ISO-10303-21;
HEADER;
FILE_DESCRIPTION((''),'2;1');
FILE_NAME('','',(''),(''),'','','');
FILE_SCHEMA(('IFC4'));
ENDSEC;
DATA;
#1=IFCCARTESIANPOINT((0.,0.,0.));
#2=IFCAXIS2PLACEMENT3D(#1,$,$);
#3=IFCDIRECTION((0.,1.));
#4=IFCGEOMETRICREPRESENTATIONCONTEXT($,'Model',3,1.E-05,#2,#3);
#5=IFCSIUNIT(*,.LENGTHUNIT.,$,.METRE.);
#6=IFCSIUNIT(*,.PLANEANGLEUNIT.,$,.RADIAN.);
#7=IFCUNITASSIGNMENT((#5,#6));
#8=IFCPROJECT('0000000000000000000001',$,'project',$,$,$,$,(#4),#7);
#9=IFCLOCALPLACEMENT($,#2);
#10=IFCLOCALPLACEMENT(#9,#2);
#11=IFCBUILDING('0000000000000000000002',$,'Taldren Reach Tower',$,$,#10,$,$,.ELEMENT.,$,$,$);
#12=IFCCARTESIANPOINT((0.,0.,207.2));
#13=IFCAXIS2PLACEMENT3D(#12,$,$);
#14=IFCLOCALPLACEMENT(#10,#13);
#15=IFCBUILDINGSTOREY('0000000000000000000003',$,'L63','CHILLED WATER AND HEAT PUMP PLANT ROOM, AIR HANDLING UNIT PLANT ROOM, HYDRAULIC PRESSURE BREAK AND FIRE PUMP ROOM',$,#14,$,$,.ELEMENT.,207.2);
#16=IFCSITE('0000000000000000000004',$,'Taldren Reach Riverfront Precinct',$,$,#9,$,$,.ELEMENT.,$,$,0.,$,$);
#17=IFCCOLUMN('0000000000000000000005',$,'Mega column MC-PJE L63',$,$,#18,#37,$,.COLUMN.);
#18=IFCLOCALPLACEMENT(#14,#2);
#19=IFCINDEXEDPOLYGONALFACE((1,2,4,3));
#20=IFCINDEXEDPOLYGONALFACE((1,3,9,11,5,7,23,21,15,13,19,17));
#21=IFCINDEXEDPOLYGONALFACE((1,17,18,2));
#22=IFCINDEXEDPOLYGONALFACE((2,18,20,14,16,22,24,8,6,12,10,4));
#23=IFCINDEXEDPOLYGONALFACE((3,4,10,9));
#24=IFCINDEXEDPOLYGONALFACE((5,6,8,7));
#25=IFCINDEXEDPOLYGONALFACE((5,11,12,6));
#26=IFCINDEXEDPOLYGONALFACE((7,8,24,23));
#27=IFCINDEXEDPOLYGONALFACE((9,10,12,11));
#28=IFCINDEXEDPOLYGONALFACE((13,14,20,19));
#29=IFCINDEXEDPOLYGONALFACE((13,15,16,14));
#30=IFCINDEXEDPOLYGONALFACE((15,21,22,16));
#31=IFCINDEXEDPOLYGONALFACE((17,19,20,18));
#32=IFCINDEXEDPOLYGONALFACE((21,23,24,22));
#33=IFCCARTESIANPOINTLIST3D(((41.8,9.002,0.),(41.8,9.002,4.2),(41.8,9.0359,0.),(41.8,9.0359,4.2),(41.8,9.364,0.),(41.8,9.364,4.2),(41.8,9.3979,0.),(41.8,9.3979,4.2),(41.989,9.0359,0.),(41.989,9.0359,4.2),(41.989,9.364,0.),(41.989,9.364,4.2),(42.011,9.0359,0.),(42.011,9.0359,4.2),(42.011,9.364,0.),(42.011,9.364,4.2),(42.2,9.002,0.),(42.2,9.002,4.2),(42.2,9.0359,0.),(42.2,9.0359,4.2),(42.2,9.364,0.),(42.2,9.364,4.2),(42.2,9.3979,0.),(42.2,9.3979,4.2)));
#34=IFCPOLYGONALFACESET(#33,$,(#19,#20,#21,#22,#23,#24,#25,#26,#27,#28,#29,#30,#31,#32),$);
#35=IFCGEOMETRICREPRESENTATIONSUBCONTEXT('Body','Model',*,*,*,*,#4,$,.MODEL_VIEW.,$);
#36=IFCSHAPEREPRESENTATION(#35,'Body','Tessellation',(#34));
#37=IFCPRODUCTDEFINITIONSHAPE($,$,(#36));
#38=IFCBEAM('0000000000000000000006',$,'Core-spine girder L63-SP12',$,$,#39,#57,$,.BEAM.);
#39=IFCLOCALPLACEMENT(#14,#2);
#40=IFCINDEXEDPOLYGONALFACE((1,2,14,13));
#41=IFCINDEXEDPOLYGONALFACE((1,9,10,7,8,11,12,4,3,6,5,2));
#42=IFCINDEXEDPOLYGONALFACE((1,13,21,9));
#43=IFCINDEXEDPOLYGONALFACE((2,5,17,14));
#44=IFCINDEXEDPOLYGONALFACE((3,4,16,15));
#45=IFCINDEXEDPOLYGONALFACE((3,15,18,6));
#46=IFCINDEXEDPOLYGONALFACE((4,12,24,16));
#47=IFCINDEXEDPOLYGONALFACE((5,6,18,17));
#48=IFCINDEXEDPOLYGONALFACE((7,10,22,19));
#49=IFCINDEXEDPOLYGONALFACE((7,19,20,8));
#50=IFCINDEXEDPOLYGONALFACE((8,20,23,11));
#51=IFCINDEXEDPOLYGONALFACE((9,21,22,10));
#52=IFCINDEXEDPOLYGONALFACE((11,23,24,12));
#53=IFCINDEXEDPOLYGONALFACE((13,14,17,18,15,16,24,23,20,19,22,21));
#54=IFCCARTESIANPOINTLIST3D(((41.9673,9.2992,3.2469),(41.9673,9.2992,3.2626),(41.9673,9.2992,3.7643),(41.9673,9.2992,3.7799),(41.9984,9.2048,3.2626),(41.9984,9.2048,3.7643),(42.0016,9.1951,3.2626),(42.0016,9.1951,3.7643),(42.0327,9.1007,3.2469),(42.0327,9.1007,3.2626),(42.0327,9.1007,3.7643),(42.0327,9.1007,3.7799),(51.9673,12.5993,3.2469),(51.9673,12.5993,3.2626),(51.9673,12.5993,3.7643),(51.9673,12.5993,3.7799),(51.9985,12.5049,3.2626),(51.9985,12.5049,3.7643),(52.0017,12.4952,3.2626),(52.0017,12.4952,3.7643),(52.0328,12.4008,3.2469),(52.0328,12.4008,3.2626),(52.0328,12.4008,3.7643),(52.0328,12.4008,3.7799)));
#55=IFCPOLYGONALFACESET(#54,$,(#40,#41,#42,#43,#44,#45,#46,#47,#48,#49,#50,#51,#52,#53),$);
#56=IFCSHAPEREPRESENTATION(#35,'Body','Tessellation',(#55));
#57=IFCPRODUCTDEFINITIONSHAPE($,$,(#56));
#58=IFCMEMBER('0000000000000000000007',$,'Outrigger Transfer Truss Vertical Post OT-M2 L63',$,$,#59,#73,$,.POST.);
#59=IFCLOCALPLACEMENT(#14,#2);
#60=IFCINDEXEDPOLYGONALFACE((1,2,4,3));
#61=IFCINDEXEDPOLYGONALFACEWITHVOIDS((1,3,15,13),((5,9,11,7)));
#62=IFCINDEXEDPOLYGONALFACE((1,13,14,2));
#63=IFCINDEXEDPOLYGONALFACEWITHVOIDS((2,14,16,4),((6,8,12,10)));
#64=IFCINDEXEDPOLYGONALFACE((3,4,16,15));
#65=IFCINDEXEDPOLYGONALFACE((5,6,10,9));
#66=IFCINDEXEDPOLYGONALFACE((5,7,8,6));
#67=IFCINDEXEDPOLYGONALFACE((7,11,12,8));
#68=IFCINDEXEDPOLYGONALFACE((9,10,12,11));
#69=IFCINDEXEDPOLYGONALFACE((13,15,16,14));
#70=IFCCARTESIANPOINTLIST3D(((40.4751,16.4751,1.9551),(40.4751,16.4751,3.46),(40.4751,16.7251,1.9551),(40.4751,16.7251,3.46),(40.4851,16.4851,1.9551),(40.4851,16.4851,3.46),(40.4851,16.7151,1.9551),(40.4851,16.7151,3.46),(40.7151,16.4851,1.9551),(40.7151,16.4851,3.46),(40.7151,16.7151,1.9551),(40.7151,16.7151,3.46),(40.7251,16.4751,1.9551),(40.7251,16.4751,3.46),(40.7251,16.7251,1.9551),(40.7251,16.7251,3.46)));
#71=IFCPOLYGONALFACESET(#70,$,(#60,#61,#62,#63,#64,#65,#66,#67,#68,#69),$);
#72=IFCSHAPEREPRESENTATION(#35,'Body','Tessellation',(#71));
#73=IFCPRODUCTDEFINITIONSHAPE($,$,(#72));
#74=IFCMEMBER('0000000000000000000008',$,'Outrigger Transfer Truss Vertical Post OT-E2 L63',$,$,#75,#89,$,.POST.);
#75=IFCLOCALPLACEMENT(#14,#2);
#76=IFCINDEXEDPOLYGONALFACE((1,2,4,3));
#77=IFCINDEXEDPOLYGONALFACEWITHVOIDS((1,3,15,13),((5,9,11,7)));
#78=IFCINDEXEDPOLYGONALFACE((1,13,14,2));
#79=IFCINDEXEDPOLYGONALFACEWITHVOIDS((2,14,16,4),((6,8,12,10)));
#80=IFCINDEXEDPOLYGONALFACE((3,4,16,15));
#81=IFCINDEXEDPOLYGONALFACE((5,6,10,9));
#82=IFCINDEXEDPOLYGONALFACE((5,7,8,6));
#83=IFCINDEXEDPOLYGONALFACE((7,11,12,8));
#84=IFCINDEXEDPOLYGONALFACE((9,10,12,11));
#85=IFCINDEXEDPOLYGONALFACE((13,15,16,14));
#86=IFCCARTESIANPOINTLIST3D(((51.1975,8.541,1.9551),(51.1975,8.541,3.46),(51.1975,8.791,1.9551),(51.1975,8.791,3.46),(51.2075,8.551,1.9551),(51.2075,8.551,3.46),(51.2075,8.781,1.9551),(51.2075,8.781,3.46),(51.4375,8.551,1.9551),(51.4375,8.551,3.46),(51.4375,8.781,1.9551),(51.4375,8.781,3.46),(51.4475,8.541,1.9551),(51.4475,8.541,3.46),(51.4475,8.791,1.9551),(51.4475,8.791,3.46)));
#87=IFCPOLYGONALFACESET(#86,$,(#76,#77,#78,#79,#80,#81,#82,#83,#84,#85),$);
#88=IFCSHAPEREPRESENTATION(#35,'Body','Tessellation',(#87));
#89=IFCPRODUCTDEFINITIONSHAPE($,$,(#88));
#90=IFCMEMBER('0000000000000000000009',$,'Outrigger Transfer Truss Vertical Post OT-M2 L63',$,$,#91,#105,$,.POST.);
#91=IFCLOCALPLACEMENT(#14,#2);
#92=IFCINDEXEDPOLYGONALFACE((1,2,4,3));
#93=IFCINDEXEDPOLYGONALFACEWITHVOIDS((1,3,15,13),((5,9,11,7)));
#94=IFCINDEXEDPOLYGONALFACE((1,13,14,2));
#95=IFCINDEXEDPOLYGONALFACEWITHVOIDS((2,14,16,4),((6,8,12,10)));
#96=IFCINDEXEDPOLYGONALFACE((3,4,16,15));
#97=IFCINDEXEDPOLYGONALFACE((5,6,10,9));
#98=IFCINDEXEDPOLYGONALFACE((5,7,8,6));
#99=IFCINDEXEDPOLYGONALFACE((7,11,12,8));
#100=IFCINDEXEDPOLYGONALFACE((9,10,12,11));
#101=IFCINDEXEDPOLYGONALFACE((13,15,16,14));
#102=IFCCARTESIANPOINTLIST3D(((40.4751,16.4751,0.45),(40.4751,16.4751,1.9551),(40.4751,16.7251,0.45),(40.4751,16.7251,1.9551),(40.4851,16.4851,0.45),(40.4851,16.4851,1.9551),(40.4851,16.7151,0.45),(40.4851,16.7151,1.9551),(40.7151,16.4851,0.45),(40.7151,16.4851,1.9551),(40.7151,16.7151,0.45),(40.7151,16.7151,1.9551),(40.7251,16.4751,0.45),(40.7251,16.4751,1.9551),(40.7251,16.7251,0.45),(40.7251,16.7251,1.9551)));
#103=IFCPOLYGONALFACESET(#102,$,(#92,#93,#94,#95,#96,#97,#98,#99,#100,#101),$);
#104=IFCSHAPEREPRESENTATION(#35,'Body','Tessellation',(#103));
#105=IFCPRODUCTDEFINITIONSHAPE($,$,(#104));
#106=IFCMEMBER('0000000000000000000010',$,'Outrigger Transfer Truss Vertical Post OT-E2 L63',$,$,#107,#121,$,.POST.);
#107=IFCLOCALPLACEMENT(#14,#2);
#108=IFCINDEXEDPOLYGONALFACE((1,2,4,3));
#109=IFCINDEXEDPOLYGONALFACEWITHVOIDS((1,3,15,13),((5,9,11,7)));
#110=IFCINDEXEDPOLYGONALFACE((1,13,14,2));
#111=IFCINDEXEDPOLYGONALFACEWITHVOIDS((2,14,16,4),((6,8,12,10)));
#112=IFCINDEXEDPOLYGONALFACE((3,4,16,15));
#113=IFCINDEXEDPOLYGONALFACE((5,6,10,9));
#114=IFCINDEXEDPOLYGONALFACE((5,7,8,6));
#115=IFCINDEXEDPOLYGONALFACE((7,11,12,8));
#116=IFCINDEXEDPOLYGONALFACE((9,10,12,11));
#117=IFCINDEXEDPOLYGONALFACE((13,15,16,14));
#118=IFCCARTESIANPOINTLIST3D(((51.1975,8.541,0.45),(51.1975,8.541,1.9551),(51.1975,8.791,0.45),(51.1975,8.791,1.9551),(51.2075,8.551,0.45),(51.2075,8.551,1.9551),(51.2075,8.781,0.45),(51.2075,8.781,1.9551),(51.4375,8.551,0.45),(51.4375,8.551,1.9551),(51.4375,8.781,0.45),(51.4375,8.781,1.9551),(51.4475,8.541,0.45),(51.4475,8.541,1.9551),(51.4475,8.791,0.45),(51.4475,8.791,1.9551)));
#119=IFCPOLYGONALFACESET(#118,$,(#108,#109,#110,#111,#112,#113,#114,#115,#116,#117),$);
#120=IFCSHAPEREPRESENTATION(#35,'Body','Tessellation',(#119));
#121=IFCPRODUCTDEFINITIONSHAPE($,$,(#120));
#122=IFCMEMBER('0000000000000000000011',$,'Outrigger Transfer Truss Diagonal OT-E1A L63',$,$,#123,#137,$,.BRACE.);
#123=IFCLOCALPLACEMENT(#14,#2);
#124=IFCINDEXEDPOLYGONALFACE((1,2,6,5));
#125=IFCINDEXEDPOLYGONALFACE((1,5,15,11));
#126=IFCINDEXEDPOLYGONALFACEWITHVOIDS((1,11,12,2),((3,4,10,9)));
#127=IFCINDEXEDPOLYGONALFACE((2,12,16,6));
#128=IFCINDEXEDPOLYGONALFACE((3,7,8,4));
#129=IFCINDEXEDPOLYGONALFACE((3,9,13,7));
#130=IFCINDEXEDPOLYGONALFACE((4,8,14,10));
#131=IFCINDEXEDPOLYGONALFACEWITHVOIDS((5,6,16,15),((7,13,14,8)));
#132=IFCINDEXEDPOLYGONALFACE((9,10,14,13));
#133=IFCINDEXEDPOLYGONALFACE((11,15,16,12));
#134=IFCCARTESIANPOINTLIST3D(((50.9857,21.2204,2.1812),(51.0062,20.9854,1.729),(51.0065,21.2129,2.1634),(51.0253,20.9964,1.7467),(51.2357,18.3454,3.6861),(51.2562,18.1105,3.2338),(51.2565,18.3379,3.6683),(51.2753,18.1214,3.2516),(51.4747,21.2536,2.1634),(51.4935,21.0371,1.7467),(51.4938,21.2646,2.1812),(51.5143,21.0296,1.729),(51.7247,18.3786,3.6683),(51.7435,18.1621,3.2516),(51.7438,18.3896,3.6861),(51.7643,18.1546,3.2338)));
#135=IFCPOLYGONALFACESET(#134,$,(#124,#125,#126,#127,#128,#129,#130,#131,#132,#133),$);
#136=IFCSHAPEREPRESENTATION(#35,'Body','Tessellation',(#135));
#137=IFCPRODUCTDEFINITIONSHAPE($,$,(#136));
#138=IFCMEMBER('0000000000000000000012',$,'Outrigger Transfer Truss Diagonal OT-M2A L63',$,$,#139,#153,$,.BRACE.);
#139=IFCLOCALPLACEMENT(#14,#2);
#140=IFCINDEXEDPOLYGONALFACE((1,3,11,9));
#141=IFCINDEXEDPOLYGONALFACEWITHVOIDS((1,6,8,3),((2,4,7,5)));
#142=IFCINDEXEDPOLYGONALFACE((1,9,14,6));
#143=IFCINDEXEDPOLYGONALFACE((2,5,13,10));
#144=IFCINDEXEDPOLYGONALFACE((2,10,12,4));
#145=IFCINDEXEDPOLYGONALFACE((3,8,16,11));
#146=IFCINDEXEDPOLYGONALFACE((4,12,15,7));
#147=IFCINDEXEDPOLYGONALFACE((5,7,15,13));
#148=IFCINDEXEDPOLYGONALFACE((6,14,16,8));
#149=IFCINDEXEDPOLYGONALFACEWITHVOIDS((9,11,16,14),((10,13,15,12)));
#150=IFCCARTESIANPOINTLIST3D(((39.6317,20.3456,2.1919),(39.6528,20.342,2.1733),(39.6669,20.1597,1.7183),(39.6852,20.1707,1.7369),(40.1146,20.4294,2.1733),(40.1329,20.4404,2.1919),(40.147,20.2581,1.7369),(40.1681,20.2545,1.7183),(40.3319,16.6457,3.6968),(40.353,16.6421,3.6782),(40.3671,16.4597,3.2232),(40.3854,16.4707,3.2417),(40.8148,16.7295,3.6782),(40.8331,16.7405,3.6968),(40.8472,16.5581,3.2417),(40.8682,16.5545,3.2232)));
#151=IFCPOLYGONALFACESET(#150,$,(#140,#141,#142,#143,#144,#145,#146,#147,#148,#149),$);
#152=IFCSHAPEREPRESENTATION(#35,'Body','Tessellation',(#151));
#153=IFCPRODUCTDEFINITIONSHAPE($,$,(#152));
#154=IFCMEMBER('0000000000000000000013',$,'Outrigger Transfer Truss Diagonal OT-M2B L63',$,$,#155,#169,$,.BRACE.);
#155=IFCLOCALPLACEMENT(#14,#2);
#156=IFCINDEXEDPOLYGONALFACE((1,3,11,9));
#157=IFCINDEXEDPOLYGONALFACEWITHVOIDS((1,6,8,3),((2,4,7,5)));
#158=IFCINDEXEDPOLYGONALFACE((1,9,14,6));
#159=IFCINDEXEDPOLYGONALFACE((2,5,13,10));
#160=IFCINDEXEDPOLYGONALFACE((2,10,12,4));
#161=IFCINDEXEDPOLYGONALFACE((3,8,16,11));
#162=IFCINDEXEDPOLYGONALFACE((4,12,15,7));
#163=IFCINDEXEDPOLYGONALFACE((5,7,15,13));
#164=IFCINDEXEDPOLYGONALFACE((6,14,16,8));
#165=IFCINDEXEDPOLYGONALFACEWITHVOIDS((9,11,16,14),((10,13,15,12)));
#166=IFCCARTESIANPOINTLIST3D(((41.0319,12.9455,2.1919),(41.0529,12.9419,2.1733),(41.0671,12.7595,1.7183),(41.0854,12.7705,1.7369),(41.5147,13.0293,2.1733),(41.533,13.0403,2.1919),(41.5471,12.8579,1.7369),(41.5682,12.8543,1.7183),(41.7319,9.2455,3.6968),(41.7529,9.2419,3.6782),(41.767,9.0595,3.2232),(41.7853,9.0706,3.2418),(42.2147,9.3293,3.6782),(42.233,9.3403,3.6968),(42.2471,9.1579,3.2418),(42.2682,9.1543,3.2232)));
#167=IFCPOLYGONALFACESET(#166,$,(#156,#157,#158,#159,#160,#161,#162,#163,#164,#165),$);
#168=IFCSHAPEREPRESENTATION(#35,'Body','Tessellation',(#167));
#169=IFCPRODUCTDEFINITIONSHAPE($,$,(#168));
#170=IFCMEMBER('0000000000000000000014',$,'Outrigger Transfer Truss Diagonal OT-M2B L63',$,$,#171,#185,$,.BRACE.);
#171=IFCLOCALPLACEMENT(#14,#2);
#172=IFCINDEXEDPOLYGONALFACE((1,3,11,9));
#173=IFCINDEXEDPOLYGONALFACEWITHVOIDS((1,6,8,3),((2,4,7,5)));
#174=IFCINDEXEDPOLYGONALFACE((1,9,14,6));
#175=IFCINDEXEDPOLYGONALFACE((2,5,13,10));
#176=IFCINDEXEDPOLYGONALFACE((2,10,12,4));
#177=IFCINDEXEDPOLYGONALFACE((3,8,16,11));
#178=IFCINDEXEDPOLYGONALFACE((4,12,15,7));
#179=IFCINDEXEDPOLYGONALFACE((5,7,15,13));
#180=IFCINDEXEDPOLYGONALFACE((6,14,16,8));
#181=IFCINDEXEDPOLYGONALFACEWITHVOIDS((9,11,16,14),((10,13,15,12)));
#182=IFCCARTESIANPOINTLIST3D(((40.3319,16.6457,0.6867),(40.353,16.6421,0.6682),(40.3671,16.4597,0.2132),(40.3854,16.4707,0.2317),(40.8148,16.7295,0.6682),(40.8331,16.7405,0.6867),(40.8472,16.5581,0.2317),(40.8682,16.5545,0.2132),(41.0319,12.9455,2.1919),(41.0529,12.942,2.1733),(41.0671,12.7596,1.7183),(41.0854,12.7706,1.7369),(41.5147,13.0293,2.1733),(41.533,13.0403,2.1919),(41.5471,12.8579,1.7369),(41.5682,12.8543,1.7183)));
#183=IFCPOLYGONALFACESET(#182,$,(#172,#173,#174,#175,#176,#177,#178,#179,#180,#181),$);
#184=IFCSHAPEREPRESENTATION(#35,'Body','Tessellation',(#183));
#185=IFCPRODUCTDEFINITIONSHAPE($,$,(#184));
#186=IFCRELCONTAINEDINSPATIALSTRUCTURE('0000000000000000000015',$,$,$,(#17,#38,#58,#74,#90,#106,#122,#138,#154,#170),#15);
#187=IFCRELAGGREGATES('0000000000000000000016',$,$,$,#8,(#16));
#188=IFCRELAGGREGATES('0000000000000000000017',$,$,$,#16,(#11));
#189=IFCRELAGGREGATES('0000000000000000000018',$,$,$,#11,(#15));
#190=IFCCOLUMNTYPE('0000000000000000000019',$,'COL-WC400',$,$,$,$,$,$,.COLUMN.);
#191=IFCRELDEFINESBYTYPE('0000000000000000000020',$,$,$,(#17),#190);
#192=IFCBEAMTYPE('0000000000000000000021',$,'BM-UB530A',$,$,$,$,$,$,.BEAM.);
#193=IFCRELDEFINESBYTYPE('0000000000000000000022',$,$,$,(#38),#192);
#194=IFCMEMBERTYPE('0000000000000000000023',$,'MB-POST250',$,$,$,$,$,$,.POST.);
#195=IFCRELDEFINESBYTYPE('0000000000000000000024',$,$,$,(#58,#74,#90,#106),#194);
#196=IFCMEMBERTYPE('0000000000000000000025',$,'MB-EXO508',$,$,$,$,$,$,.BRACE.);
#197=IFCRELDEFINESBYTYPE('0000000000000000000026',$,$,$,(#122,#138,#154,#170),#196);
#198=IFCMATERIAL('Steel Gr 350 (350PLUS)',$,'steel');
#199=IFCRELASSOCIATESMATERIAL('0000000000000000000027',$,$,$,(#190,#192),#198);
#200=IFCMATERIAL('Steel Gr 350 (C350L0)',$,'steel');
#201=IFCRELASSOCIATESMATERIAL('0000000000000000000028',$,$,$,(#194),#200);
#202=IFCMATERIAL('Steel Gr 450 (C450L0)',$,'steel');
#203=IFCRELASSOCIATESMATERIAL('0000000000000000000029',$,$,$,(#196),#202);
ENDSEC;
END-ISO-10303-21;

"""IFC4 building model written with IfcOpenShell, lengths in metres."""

from ifc_helpers import new_model, si_unit, direction, frame, origin, origin_2d, place, context, subcontext, project, spatial, hollow_rectangle, i_section, extrude, source, transform, mapped, material, material_profile, profile_set, type_object, element, save


model = new_model("IFC4")

# Units and contexts
model_context = context("Model", 3, precision=1e-05, world=origin(), true_north=direction((0.0, 1.0)))
body_context = subcontext(model_context, "Body", "Model", "MODEL_VIEW")
ifc_project = project(units=[si_unit("LENGTHUNIT", "METRE"), si_unit("PLANEANGLEUNIT", "RADIAN")], contexts=[model_context])

# Site, building, storey
site_placement = place(None, origin())
site = spatial("IfcSite", under=ifc_project, at=site_placement, Name="Taldren Reach Riverfront Precinct", CompositionType="ELEMENT", RefElevation=0.0)
building_placement = place(site_placement, origin())
building = spatial("IfcBuilding", under=site, at=building_placement, Name="Taldren Reach Tower", CompositionType="ELEMENT")
storey_placement = place(building_placement, frame((0.0, 0.0, 207.2)))
storey = spatial("IfcBuildingStorey", under=building, at=storey_placement, Name="L63", Description="CHILLED WATER AND HEAT PUMP PLANT ROOM, AIR HANDLING UNIT PLANT ROOM, HYDRAULIC PRESSURE BREAK AND FIRE PUMP ROOM", CompositionType="ELEMENT", Elevation=207.2)

# Column
ifc_material_1 = material(Name="Steel Gr 350 (350PLUS)", Category="steel")
ifc_material_profile_1 = material_profile(ifc_material_1, i_section(OverallWidth=0.3999, OverallDepth=0.396, WebThickness=0.022, FlangeThickness=0.0339, at=origin_2d()), Name="400WC270")
ifc_profile_set_1 = profile_set([ifc_material_profile_1], Name="Steel Gr 350 (350PLUS)")
column_type = type_object("IfcColumnType", Name="COL-WC400", PredefinedType="COLUMN", material=ifc_profile_set_1)
shared_shape_1 = source(origin(), body_context, "Body", "SweptSolid", [
    extrude(i_section(OverallWidth=0.3999, OverallDepth=0.396, WebThickness=0.022, FlangeThickness=0.0339, at=origin_2d()), origin(), (0.0, 0.0, 1.0), 4.2),
])
column_placement = place(storey_placement, frame((42.0, 9.2, 0.0), z_axis=(0.0, 0.0, 1.0), x_axis=(1.0, 0.0, 0.0)))
element("IfcColumn", 1, at=column_placement, inside=storey, type_object=column_type, Name="Mega column MC-PJE L63", PredefinedType="COLUMN", context=body_context, shape_type="MappedRepresentation", body=[
    mapped(shared_shape_1, transform((0.0, 0.0, 0.0), scale=1.0)),
])

# Beam
ifc_material_profile_2 = material_profile(ifc_material_1, i_section(OverallWidth=0.209, OverallDepth=0.533, WebThickness=0.0103, FlangeThickness=0.0156, at=origin_2d()), Name="530UB92.4")
ifc_profile_set_2 = profile_set([ifc_material_profile_2], Name="Steel Gr 350 (350PLUS)")
beam_type_1 = type_object("IfcBeamType", Name="BM-UB530A", PredefinedType="BEAM", material=ifc_profile_set_2)
shared_shape_2 = source(origin(), body_context, "Body", "SweptSolid", [
    extrude(i_section(OverallWidth=0.209, OverallDepth=0.533, WebThickness=0.0103, FlangeThickness=0.0156, at=origin_2d()), origin(), (0.0, 0.0, 1.0), 10.5305),
])
beam_1_placement = place(storey_placement, frame((42.0, 9.2, 3.5134), z_axis=(0.949627, 0.313382, 0.0), x_axis=(-0.313382, 0.949627, 0.0)))
element("IfcBeam", 2, at=beam_1_placement, inside=storey, type_object=beam_type_1, Name="Core-spine girder L63-SP12", PredefinedType="BEAM", context=body_context, shape_type="MappedRepresentation", body=[
    mapped(shared_shape_2, transform((0.0, 0.0, 0.0), scale=1.0)),
])

# Members
ifc_material_2 = material(Name="Steel Gr 350 (C350L0)", Category="steel")
ifc_material_profile_3 = material_profile(ifc_material_2, hollow_rectangle(XDim=0.25, YDim=0.25, WallThickness=0.01, at=origin_2d()), Name="250x250x10.0SHS")
ifc_profile_set_3 = profile_set([ifc_material_profile_3], Name="Steel Gr 350 (C350L0)")
member_type_1 = type_object("IfcMemberType", Name="MB-POST250", PredefinedType="POST", material=ifc_profile_set_3)
shared_shape_3 = source(origin(), body_context, "Body", "SweptSolid", [
    extrude(hollow_rectangle(XDim=0.25, YDim=0.25, WallThickness=0.01, at=origin_2d()), origin(), (0.0, 0.0, 1.0), 1.5049),
])
for number, where, z_axis, x_axis, name in (
    (3, (40.6001, 16.6001, 1.9551), (0.0, 0.0, 1.0), (1.0, 0.0, 0.0), "Outrigger Transfer Truss Vertical Post OT-M2 L63"),
    (4, (51.3225, 8.666, 1.9551), (0.0, 0.0, 1.0), (1.0, 0.0, 0.0), "Outrigger Transfer Truss Vertical Post OT-E2 L63"),
):
    element("IfcMember", number, at=place(storey_placement, frame(where, z_axis=z_axis, x_axis=x_axis)), inside=storey, type_object=member_type_1, Name=name, PredefinedType="POST", context=body_context, shape_type="MappedRepresentation", body=[
        mapped(shared_shape_3, transform((0.0, 0.0, 0.0), scale=1.0)),
    ])
shared_shape_4 = source(origin(), body_context, "Body", "SweptSolid", [
    extrude(hollow_rectangle(XDim=0.25, YDim=0.25, WallThickness=0.01, at=origin_2d()), origin(), (0.0, 0.0, 1.0), 1.5051),
])
for number, where, z_axis, x_axis, name in (
    (5, (40.6001, 16.6001, 0.45), (0.0, 0.0, 1.0), (1.0, 0.0, 0.0), "Outrigger Transfer Truss Vertical Post OT-M2 L63"),
    (6, (51.3225, 8.666, 0.45), (0.0, 0.0, 1.0), (1.0, 0.0, 0.0), "Outrigger Transfer Truss Vertical Post OT-E2 L63"),
):
    element("IfcMember", number, at=place(storey_placement, frame(where, z_axis=z_axis, x_axis=x_axis)), inside=storey, type_object=member_type_1, Name=name, PredefinedType="POST", context=body_context, shape_type="MappedRepresentation", body=[
        mapped(shared_shape_4, transform((0.0, 0.0, 0.0), scale=1.0)),
    ])
ifc_material_3 = material(Name="Steel Gr 450 (C450L0)", Category="steel")
ifc_material_profile_4 = material_profile(ifc_material_3, hollow_rectangle(XDim=0.51, YDim=0.51, WallThickness=0.02, at=origin_2d()), Name="510x510x20.0SHS")
ifc_profile_set_4 = profile_set([ifc_material_profile_4], Name="Steel Gr 450 (C450L0)")
member_type_2 = type_object("IfcMemberType", Name="MB-EXO508", PredefinedType="BRACE", material=ifc_profile_set_4)
shared_shape_5 = source(origin(), body_context, "Body", "SweptSolid", [
    extrude(hollow_rectangle(XDim=0.51, YDim=0.51, WallThickness=0.02, at=origin_2d()), origin(), (0.0, 0.0, 1.0), 3.2546),
])
member_1_placement = place(storey_placement, frame((51.25, 21.125, 1.9551), z_axis=(0.076813, -0.883349, 0.462378), x_axis=(0.996241, 0.08663, 0.0)))
element("IfcMember", 7, at=member_1_placement, inside=storey, type_object=member_type_2, Name="Outrigger Transfer Truss Diagonal OT-E1A L63", PredefinedType="BRACE", context=body_context, shape_type="MappedRepresentation", body=[
    mapped(shared_shape_5, transform((0.0, 0.0, 0.0), scale=1.0)),
])
shared_shape_6 = source(origin(), body_context, "Body", "SweptSolid", [
    extrude(hollow_rectangle(XDim=0.51, YDim=0.51, WallThickness=0.02, at=origin_2d()), origin(), (0.0, 0.0, 1.0), 4.0552),
])
for number, where, z_axis, x_axis, name in (
    (8, (39.8999, 20.3, 1.9551), (0.172666, -0.912398, 0.3711), (0.98256, 0.185944, 0.0), "Outrigger Transfer Truss Diagonal OT-M2A L63"),
    (9, (41.3, 12.8999, 1.9551), (0.172608, -0.912408, 0.371104), (0.982572, 0.185882, 0.0), "Outrigger Transfer Truss Diagonal OT-M2B L63"),
):
    element("IfcMember", number, at=place(storey_placement, frame(where, z_axis=z_axis, x_axis=x_axis)), inside=storey, type_object=member_type_2, Name=name, PredefinedType="BRACE", context=body_context, shape_type="MappedRepresentation", body=[
        mapped(shared_shape_6, transform((0.0, 0.0, 0.0), scale=1.0)),
    ])
shared_shape_7 = source(origin(), body_context, "Body", "SweptSolid", [
    extrude(hollow_rectangle(XDim=0.51, YDim=0.51, WallThickness=0.02, at=origin_2d()), origin(), (0.0, 0.0, 1.0), 4.0554),
])
member_2_placement = place(storey_placement, frame((40.6001, 16.6001, 0.45), z_axis=(0.172595, -0.912398, 0.371136), x_axis=(0.982574, 0.18587, 0.0)))
element("IfcMember", 10, at=member_2_placement, inside=storey, type_object=member_type_2, Name="Outrigger Transfer Truss Diagonal OT-M2B L63", PredefinedType="BRACE", context=body_context, shape_type="MappedRepresentation", body=[
    mapped(shared_shape_7, transform((0.0, 0.0, 0.0), scale=1.0)),
])

save(model, "model.ifc")
